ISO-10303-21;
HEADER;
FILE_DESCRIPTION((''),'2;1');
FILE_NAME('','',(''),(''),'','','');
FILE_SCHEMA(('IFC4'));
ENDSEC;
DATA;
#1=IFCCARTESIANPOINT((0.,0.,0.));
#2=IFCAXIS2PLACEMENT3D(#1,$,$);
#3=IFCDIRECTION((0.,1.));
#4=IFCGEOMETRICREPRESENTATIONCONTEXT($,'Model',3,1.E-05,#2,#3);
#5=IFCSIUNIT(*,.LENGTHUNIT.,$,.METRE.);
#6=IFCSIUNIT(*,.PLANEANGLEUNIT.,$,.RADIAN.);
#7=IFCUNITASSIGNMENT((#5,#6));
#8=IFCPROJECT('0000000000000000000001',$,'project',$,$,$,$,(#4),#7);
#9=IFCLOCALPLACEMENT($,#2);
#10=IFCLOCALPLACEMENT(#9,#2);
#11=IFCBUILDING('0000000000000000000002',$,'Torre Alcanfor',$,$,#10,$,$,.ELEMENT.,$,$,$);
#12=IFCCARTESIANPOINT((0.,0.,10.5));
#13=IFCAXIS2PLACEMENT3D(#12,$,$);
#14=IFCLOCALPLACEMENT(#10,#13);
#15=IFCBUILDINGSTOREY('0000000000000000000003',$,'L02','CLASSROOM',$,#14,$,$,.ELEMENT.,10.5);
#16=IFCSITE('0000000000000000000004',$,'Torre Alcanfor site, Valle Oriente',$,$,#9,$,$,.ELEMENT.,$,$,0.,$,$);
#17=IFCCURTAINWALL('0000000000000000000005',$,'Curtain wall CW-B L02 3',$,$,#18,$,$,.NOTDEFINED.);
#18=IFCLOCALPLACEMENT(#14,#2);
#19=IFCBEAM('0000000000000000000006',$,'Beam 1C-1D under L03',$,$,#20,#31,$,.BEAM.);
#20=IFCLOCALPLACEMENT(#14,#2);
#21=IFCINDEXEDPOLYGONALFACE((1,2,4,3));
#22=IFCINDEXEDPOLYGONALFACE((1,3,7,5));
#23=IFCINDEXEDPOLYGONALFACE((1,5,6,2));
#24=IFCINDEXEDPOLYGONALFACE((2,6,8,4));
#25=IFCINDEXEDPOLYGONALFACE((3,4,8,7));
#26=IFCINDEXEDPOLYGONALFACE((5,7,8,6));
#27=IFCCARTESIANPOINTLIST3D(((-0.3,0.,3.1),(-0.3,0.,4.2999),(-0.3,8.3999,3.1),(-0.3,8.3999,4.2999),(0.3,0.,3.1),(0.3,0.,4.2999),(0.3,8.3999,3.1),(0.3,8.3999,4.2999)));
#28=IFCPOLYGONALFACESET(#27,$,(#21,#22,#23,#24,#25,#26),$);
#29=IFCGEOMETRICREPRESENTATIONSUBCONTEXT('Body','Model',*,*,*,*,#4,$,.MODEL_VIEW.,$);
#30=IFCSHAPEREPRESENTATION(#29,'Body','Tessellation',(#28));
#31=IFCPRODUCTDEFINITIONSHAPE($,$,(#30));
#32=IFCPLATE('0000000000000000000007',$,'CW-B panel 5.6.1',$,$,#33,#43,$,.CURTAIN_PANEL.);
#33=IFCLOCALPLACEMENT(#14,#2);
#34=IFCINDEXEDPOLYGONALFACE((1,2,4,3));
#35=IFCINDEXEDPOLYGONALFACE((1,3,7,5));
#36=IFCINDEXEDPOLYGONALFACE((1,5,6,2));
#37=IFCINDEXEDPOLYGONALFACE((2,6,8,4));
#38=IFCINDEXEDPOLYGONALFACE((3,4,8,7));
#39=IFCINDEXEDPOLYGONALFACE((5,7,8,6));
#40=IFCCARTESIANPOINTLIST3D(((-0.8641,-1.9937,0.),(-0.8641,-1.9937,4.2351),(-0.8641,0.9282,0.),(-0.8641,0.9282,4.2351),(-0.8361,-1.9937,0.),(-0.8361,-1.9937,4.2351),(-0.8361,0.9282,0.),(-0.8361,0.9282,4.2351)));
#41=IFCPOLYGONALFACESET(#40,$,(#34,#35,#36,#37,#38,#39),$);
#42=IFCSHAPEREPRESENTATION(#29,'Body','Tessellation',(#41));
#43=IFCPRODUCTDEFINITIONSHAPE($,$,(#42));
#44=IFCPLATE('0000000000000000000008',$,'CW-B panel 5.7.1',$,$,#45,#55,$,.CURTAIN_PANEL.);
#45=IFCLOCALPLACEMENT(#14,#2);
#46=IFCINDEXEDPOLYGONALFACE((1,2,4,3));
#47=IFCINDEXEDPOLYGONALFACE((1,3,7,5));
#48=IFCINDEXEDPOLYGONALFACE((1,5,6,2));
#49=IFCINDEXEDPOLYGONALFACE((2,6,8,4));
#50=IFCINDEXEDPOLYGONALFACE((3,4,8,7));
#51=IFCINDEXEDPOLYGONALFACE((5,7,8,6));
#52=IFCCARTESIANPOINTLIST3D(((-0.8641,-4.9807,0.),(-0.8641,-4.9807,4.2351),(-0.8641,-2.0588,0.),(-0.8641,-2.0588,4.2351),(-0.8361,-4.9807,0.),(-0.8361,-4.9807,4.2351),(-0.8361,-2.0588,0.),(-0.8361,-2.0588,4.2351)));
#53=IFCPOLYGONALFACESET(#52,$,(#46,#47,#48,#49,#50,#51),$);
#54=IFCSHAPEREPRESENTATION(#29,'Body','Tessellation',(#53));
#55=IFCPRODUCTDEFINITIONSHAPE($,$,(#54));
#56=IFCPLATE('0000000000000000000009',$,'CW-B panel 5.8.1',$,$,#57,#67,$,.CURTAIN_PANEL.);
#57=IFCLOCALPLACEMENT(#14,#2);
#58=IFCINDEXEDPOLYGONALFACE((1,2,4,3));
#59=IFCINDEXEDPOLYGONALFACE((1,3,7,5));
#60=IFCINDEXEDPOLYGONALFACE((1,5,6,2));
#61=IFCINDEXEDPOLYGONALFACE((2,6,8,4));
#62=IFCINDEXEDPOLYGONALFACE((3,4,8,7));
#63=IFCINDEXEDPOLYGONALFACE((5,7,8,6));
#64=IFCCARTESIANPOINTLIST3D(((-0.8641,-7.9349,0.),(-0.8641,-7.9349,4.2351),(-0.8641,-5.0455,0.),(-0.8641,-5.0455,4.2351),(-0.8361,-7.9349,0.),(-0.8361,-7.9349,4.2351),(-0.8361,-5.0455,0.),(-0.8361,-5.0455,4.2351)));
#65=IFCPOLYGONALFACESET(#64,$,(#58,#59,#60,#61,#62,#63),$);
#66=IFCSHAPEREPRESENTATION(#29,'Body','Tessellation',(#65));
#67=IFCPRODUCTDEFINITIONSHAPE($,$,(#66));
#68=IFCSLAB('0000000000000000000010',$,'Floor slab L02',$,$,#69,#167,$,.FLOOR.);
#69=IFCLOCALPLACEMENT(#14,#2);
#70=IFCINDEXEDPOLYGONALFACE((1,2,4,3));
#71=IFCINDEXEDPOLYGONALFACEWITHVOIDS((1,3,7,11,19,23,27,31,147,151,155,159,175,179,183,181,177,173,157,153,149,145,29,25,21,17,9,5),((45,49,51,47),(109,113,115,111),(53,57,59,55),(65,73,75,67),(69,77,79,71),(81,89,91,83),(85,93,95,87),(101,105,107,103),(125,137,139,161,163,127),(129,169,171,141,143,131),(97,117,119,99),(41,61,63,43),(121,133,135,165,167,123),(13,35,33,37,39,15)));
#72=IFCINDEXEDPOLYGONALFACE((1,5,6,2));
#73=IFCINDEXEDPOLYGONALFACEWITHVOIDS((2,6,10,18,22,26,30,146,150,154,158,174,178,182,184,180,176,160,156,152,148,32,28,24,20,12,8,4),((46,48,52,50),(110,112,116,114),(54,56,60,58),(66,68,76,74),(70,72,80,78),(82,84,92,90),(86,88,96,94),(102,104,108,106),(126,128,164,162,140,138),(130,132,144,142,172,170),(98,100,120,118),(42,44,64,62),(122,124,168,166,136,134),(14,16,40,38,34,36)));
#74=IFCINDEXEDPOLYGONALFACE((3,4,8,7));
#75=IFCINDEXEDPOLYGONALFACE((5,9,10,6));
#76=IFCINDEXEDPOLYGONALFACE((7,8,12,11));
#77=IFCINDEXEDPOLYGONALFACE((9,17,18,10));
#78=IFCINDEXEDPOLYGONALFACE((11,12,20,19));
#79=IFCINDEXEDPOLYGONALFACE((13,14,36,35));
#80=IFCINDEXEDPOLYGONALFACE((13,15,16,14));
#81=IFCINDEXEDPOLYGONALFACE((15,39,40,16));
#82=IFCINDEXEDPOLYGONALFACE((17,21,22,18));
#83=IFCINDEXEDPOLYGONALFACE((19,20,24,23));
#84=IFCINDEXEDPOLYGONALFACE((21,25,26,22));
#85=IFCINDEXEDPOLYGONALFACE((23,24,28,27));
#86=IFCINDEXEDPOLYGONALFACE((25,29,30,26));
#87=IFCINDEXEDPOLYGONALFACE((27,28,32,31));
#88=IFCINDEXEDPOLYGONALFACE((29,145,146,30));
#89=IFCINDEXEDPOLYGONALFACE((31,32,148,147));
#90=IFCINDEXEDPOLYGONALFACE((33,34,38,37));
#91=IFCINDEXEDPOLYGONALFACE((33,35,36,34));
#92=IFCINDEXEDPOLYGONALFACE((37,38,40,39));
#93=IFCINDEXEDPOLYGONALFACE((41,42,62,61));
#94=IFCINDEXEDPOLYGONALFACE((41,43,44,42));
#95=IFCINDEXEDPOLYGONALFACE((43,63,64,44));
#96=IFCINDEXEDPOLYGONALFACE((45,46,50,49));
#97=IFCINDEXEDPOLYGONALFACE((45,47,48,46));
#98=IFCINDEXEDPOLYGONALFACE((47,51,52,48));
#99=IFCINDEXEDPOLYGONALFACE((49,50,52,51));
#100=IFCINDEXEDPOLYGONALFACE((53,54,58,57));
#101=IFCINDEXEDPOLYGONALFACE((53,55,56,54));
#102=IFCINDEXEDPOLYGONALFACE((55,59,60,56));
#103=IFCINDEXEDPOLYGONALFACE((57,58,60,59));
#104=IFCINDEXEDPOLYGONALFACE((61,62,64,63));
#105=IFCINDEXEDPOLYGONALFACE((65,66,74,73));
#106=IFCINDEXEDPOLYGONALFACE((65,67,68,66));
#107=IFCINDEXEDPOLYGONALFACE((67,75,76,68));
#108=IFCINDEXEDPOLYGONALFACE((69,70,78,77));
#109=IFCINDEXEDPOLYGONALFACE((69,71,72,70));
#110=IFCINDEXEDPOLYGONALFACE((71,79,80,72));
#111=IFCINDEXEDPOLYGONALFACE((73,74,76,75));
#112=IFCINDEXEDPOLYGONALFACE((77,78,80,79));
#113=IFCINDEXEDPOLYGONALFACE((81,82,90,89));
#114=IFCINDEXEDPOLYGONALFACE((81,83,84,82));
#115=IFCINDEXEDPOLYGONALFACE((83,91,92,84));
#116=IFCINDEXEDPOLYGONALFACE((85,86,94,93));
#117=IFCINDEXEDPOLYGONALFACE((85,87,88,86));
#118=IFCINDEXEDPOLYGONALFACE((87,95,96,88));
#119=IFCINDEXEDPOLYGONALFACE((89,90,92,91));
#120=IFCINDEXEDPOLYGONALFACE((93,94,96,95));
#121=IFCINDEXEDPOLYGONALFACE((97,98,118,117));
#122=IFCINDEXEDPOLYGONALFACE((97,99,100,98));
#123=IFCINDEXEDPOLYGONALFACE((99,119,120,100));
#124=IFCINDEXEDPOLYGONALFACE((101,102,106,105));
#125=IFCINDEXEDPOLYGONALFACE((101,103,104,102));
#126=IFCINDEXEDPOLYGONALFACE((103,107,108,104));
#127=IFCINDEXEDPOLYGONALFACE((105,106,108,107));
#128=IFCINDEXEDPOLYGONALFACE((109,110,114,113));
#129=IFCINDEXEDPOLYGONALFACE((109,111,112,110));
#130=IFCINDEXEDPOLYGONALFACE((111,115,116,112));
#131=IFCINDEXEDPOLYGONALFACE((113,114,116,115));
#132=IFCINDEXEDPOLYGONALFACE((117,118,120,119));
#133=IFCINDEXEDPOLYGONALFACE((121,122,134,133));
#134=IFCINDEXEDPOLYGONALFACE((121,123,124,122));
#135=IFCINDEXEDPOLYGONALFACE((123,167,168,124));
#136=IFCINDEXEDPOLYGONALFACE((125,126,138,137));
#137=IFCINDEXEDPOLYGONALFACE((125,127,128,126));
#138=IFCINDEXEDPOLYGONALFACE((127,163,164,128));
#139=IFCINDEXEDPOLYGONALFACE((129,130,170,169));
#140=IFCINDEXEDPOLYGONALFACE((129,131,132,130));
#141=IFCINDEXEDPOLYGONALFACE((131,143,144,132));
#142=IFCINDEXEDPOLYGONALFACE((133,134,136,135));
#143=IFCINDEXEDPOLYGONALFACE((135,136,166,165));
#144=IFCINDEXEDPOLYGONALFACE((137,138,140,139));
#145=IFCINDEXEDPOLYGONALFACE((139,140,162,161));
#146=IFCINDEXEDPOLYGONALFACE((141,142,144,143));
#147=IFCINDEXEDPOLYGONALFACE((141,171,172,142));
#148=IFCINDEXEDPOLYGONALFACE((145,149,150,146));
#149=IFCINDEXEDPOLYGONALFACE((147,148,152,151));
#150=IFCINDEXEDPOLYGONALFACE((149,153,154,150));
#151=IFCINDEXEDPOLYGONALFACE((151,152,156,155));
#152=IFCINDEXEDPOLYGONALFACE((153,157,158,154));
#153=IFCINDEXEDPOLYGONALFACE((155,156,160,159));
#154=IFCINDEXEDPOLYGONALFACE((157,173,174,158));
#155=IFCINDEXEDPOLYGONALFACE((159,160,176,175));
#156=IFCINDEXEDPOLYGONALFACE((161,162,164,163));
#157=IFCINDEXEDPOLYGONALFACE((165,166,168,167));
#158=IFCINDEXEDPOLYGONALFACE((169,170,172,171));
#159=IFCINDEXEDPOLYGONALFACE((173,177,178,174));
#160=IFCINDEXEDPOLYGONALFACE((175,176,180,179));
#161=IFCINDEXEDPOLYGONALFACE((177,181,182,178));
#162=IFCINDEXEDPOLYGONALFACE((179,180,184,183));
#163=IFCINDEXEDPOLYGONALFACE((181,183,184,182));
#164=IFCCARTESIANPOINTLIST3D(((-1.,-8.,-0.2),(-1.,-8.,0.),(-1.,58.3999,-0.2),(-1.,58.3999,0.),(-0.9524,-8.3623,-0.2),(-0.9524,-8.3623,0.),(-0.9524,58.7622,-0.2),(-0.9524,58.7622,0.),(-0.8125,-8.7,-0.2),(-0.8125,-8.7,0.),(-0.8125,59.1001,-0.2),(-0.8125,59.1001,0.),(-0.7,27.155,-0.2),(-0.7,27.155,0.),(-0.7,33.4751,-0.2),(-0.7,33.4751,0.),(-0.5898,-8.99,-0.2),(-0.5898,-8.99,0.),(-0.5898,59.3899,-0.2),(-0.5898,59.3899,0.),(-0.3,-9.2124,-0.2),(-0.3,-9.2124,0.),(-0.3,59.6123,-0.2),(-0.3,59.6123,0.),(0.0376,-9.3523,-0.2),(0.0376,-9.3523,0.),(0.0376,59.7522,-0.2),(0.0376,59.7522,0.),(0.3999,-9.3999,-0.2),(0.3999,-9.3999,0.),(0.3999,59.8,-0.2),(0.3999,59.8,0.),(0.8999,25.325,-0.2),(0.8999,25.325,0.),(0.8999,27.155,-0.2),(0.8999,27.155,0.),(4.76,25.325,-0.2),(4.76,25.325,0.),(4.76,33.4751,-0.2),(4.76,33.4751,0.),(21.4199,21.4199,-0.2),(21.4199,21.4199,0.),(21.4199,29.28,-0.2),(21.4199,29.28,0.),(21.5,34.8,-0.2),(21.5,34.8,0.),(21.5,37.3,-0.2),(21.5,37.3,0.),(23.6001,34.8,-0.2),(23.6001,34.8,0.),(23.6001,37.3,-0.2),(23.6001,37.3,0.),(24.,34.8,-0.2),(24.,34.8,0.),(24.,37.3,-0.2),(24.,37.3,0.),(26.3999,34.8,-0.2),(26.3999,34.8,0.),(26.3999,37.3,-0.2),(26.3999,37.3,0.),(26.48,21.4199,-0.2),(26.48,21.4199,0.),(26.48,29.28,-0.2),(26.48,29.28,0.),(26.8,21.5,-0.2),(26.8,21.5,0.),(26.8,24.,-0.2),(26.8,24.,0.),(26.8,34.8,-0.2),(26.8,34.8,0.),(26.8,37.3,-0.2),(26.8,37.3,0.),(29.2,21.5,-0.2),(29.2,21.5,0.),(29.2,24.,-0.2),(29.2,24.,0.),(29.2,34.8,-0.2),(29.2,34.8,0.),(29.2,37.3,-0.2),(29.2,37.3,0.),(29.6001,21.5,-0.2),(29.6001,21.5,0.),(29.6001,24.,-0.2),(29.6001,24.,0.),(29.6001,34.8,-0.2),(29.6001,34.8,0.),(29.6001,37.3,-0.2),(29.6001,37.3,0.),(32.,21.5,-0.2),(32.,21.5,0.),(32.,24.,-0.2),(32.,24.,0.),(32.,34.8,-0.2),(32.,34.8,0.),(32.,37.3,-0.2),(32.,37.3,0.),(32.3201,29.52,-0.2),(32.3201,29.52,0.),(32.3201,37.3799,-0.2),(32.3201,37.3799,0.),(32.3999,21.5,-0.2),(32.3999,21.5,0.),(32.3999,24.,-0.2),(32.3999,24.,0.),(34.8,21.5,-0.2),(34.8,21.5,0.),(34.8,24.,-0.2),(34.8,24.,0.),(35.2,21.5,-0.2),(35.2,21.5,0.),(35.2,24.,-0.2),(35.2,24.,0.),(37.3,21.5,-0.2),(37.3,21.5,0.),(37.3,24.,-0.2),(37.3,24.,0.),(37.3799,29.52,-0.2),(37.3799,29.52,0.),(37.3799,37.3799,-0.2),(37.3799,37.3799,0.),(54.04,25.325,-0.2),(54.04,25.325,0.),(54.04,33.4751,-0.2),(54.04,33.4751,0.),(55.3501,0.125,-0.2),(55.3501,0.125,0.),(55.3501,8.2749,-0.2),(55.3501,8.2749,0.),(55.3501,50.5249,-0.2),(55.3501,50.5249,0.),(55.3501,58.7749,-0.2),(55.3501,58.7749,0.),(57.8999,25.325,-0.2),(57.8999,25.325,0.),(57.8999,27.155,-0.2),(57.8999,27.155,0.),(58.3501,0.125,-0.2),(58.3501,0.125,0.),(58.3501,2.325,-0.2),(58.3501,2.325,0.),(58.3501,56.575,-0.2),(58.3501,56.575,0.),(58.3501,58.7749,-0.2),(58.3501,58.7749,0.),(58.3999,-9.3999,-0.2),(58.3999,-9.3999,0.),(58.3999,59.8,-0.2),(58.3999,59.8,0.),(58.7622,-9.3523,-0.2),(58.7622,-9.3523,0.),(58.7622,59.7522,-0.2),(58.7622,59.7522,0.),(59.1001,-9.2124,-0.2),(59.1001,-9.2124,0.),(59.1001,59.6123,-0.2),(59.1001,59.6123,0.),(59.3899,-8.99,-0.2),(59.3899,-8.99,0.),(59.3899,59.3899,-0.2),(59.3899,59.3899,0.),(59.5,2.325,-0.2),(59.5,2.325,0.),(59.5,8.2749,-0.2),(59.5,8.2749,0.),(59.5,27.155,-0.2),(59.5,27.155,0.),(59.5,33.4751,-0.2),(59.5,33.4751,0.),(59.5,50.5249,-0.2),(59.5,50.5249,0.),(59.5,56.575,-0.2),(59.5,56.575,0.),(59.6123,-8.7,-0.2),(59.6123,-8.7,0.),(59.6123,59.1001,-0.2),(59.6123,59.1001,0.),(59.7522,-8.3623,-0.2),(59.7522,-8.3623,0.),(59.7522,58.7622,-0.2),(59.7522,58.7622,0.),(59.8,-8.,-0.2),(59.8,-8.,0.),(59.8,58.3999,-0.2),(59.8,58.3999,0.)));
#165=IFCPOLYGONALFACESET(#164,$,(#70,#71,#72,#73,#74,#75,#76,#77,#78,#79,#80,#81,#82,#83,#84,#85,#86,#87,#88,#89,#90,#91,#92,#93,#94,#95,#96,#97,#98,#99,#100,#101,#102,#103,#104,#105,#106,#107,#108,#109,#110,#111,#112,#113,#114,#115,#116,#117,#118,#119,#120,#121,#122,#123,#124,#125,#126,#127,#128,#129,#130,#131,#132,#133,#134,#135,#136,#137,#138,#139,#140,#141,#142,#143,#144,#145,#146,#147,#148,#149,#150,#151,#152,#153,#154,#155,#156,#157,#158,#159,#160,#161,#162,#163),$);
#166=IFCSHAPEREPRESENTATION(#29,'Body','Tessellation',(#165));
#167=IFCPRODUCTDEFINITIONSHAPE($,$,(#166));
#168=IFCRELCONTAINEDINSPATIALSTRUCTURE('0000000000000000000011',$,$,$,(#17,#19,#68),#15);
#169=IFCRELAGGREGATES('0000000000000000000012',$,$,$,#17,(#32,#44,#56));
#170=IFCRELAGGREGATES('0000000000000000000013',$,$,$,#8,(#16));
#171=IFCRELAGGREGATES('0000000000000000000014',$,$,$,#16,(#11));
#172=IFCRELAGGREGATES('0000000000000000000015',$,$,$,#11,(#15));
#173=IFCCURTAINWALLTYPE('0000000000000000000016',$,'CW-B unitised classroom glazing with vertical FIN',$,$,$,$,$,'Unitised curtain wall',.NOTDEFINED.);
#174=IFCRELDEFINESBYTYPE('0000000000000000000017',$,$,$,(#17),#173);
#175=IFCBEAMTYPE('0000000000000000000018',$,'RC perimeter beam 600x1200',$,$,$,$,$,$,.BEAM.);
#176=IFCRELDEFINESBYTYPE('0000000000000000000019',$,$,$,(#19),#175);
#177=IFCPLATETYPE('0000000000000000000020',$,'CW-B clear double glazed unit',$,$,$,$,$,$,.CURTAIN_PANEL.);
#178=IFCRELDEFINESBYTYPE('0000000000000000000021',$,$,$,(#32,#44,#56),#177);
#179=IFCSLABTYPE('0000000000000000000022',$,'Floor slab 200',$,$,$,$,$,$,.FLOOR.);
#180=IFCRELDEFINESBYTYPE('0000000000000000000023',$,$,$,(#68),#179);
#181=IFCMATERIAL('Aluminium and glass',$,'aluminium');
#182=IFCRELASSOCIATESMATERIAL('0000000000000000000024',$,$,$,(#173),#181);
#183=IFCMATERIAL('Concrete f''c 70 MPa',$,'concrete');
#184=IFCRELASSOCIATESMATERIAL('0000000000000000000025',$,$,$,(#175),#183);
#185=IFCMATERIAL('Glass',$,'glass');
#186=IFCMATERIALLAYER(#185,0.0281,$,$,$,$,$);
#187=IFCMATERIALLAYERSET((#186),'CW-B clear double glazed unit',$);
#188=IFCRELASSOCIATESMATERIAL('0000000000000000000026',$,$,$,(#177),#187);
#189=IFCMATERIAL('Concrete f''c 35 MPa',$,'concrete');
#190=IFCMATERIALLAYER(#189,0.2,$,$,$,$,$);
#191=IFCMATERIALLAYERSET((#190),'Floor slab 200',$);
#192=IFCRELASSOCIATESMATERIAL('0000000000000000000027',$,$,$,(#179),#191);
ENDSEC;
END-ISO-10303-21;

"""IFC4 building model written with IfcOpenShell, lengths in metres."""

from ifc_helpers import new_model, si_unit, direction, frame, origin, origin_2d, place, context, subcontext, project, spatial, polyline, rectangle, outline, extrude, material, layer, layer_set, material_profile, profile_set, type_object, element, aggregate, save


model = new_model("IFC4")

# Units and contexts
model_context = context("Model", 3, precision=1e-05, world=origin(), true_north=direction((0.0, 1.0)))
body_context = subcontext(model_context, "Body", "Model", "MODEL_VIEW")
ifc_project = project(units=[si_unit("LENGTHUNIT", "METRE"), si_unit("PLANEANGLEUNIT", "RADIAN")], contexts=[model_context])

# Site, building, storey
site_placement = place(None, origin())
site = spatial("IfcSite", under=ifc_project, at=site_placement, Name="Torre Alcanfor site, Valle Oriente", CompositionType="ELEMENT", RefElevation=0.0)
building_placement = place(site_placement, origin())
building = spatial("IfcBuilding", under=site, at=building_placement, Name="Torre Alcanfor", CompositionType="ELEMENT")
storey_placement = place(building_placement, frame((0.0, 0.0, 10.5)))
storey = spatial("IfcBuildingStorey", under=building, at=storey_placement, Name="L02", Description="CLASSROOM", CompositionType="ELEMENT", Elevation=10.5)

# Curtain wall
ifc_material_1 = material(Name="Aluminium and glass", Category="aluminium")
curtain_wall_type_1 = type_object("IfcCurtainWallType", Name="CW-B unitised classroom glazing with vertical FIN", ElementType="Unitised curtain wall", PredefinedType="NOTDEFINED", material=ifc_material_1)
curtain_wall_1_placement = place(storey_placement, origin())
curtain_wall_1 = element("IfcCurtainWall", 1, at=curtain_wall_1_placement, inside=storey, type_object=curtain_wall_type_1, Name="Curtain wall CW-B L02 3", PredefinedType="NOTDEFINED")

# Beam
ifc_material_2 = material(Name="Concrete f'c 70 MPa", Category="concrete")
ifc_material_profile_1 = material_profile(ifc_material_2, rectangle(XDim=0.6001, YDim=1.2, at=origin_2d()), Name="600x1200")
ifc_profile_set_1 = profile_set([ifc_material_profile_1], Name="Concrete f'c 70 MPa")
beam_type_1 = type_object("IfcBeamType", Name="RC perimeter beam 600x1200", PredefinedType="BEAM", material=ifc_profile_set_1)
for number, where, z_axis, x_axis, name in (
    (2, (0.0, 0.0, 3.7), (0.0, 1.0, 0.0), (-1.0, 0.0, 0.0), "Beam 1C-1D under L03"),
):
    element("IfcBeam", number, at=place(storey_placement, frame(where, z_axis=z_axis, x_axis=x_axis)), inside=storey, type_object=beam_type_1, Name=name, PredefinedType="BEAM", context=body_context, shape_type="SweptSolid", body=[
        extrude(rectangle(XDim=0.6001, YDim=1.2, at=origin_2d()), origin(), (0.0, 0.0, 1.0), 8.3999),
    ])

# Plates
ifc_material_3 = material(Name="Glass", Category="glass")
ifc_layer_1 = layer(ifc_material_3, 0.0281)
ifc_layer_set_1 = layer_set([ifc_layer_1], Name="CW-B clear double glazed unit")
plate_type = type_object("IfcPlateType", Name="CW-B clear double glazed unit", PredefinedType="CURTAIN_PANEL", material=ifc_layer_set_1)
plate_1_placement = place(storey_placement, frame((-0.8501, -0.5327, 0.0), z_axis=(0.0, 0.0, 1.0), x_axis=(0.0, -1.0, 0.0)))
plate_1 = element("IfcPlate", 3, at=plate_1_placement, type_object=plate_type, Name="CW-B panel 5.6.1", PredefinedType="CURTAIN_PANEL", context=body_context, shape_type="SweptSolid", body=[
    extrude(rectangle(XDim=2.9219, YDim=0.0281, at=origin_2d()), origin(), (0.0, 0.0, 1.0), 4.2351),
])
plate_2_placement = place(storey_placement, frame((-0.8501, -3.5198, 0.0), z_axis=(0.0, 0.0, 1.0), x_axis=(0.0, -1.0, 0.0)))
plate_2 = element("IfcPlate", 4, at=plate_2_placement, type_object=plate_type, Name="CW-B panel 5.7.1", PredefinedType="CURTAIN_PANEL", context=body_context, shape_type="SweptSolid", body=[
    extrude(rectangle(XDim=2.9219, YDim=0.0281, at=origin_2d()), origin(), (0.0, 0.0, 1.0), 4.2351),
])
plate_3_placement = place(storey_placement, frame((-0.8501, -6.4902, 0.0), z_axis=(0.0, 0.0, 1.0), x_axis=(0.0, -1.0, 0.0)))
plate_3 = element("IfcPlate", 5, at=plate_3_placement, type_object=plate_type, Name="CW-B panel 5.8.1", PredefinedType="CURTAIN_PANEL", context=body_context, shape_type="SweptSolid", body=[
    extrude(rectangle(XDim=2.8894, YDim=0.0281, at=origin_2d()), origin(), (0.0, 0.0, 1.0), 4.2351),
])
aggregate(curtain_wall_1, [plate_1, plate_2, plate_3])

# Slab
ifc_material_4 = material(Name="Concrete f'c 35 MPa", Category="concrete")
ifc_layer_2 = layer(ifc_material_4, 0.2)
ifc_layer_set_2 = layer_set([ifc_layer_2], Name="Floor slab 200")
slab_type_1 = type_object("IfcSlabType", Name="Floor slab 200", PredefinedType="FLOOR", material=ifc_layer_set_2)
slab_1_placement = place(storey_placement, frame((0.0, 0.0, -0.2)))
element("IfcSlab", 6, at=slab_1_placement, inside=storey, type_object=slab_type_1, Name="Floor slab L02", PredefinedType="FLOOR", context=body_context, shape_type="SweptSolid", body=[
    extrude(outline(polyline([(58.3999, -9.3999), (58.7622, -9.3523), (59.1001, -9.2124), (59.3899, -8.99), (59.6123, -8.7), (59.7522, -8.3623), (59.8, -8.0), (59.8, 58.3999), (59.7522, 58.7622), (59.6123, 59.1001), (59.3899, 59.3899), (59.1001, 59.6123), (58.7622, 59.7522), (58.3999, 59.8), (0.3999, 59.8), (0.0376, 59.7522), (-0.3, 59.6123), (-0.5898, 59.3899), (-0.8125, 59.1001), (-0.9524, 58.7622), (-1.0, 58.3999), (-1.0, -8.0), (-0.9524, -8.3623), (-0.8125, -8.7), (-0.5898, -8.99), (-0.3, -9.2124), (0.0376, -9.3523), (0.3999, -9.3999), (58.3999, -9.3999)]), holes=[polyline([(21.4199, 21.4199), (26.48, 21.4199), (26.48, 29.28), (21.4199, 29.28), (21.4199, 21.4199)]), polyline([(32.3201, 29.52), (37.3799, 29.52), (37.3799, 37.3799), (32.3201, 37.3799), (32.3201, 29.52)]), polyline([(26.8, 21.5), (29.2, 21.5), (29.2, 24.0), (26.8, 24.0), (26.8, 21.5)]), polyline([(29.6001, 21.5), (32.0, 21.5), (32.0, 24.0), (29.6001, 24.0), (29.6001, 21.5)]), polyline([(32.3999, 21.5), (34.8, 21.5), (34.8, 24.0), (32.3999, 24.0), (32.3999, 21.5)]), polyline([(35.2, 21.5), (37.3, 21.5), (37.3, 24.0), (35.2, 24.0), (35.2, 21.5)]), polyline([(21.5, 34.8), (23.6001, 34.8), (23.6001, 37.3), (21.5, 37.3), (21.5, 34.8)]), polyline([(24.0, 34.8), (26.3999, 34.8), (26.3999, 37.3), (24.0, 37.3), (24.0, 34.8)]), polyline([(26.8, 34.8), (29.2, 34.8), (29.2, 37.3), (26.8, 37.3), (26.8, 34.8)]), polyline([(29.6001, 34.8), (32.0, 34.8), (32.0, 37.3), (29.6001, 37.3), (29.6001, 34.8)]), polyline([(4.76, 25.325), (0.8999, 25.325), (0.8999, 27.155), (-0.7, 27.155), (-0.7, 33.4751), (4.76, 33.4751), (4.76, 25.325)]), polyline([(57.8999, 25.325), (54.04, 25.325), (54.04, 33.4751), (59.5, 33.4751), (59.5, 27.155), (57.8999, 27.155), (57.8999, 25.325)]), polyline([(58.3501, 0.125), (55.3501, 0.125), (55.3501, 8.2749), (59.5, 8.2749), (59.5, 2.325), (58.3501, 2.325), (58.3501, 0.125)]), polyline([(59.5, 56.575), (59.5, 50.5249), (55.3501, 50.5249), (55.3501, 58.7749), (58.3501, 58.7749), (58.3501, 56.575), (59.5, 56.575)])]), origin(), (0.0, 0.0, 1.0), 0.2),
])

save(model, "model.ifc")
